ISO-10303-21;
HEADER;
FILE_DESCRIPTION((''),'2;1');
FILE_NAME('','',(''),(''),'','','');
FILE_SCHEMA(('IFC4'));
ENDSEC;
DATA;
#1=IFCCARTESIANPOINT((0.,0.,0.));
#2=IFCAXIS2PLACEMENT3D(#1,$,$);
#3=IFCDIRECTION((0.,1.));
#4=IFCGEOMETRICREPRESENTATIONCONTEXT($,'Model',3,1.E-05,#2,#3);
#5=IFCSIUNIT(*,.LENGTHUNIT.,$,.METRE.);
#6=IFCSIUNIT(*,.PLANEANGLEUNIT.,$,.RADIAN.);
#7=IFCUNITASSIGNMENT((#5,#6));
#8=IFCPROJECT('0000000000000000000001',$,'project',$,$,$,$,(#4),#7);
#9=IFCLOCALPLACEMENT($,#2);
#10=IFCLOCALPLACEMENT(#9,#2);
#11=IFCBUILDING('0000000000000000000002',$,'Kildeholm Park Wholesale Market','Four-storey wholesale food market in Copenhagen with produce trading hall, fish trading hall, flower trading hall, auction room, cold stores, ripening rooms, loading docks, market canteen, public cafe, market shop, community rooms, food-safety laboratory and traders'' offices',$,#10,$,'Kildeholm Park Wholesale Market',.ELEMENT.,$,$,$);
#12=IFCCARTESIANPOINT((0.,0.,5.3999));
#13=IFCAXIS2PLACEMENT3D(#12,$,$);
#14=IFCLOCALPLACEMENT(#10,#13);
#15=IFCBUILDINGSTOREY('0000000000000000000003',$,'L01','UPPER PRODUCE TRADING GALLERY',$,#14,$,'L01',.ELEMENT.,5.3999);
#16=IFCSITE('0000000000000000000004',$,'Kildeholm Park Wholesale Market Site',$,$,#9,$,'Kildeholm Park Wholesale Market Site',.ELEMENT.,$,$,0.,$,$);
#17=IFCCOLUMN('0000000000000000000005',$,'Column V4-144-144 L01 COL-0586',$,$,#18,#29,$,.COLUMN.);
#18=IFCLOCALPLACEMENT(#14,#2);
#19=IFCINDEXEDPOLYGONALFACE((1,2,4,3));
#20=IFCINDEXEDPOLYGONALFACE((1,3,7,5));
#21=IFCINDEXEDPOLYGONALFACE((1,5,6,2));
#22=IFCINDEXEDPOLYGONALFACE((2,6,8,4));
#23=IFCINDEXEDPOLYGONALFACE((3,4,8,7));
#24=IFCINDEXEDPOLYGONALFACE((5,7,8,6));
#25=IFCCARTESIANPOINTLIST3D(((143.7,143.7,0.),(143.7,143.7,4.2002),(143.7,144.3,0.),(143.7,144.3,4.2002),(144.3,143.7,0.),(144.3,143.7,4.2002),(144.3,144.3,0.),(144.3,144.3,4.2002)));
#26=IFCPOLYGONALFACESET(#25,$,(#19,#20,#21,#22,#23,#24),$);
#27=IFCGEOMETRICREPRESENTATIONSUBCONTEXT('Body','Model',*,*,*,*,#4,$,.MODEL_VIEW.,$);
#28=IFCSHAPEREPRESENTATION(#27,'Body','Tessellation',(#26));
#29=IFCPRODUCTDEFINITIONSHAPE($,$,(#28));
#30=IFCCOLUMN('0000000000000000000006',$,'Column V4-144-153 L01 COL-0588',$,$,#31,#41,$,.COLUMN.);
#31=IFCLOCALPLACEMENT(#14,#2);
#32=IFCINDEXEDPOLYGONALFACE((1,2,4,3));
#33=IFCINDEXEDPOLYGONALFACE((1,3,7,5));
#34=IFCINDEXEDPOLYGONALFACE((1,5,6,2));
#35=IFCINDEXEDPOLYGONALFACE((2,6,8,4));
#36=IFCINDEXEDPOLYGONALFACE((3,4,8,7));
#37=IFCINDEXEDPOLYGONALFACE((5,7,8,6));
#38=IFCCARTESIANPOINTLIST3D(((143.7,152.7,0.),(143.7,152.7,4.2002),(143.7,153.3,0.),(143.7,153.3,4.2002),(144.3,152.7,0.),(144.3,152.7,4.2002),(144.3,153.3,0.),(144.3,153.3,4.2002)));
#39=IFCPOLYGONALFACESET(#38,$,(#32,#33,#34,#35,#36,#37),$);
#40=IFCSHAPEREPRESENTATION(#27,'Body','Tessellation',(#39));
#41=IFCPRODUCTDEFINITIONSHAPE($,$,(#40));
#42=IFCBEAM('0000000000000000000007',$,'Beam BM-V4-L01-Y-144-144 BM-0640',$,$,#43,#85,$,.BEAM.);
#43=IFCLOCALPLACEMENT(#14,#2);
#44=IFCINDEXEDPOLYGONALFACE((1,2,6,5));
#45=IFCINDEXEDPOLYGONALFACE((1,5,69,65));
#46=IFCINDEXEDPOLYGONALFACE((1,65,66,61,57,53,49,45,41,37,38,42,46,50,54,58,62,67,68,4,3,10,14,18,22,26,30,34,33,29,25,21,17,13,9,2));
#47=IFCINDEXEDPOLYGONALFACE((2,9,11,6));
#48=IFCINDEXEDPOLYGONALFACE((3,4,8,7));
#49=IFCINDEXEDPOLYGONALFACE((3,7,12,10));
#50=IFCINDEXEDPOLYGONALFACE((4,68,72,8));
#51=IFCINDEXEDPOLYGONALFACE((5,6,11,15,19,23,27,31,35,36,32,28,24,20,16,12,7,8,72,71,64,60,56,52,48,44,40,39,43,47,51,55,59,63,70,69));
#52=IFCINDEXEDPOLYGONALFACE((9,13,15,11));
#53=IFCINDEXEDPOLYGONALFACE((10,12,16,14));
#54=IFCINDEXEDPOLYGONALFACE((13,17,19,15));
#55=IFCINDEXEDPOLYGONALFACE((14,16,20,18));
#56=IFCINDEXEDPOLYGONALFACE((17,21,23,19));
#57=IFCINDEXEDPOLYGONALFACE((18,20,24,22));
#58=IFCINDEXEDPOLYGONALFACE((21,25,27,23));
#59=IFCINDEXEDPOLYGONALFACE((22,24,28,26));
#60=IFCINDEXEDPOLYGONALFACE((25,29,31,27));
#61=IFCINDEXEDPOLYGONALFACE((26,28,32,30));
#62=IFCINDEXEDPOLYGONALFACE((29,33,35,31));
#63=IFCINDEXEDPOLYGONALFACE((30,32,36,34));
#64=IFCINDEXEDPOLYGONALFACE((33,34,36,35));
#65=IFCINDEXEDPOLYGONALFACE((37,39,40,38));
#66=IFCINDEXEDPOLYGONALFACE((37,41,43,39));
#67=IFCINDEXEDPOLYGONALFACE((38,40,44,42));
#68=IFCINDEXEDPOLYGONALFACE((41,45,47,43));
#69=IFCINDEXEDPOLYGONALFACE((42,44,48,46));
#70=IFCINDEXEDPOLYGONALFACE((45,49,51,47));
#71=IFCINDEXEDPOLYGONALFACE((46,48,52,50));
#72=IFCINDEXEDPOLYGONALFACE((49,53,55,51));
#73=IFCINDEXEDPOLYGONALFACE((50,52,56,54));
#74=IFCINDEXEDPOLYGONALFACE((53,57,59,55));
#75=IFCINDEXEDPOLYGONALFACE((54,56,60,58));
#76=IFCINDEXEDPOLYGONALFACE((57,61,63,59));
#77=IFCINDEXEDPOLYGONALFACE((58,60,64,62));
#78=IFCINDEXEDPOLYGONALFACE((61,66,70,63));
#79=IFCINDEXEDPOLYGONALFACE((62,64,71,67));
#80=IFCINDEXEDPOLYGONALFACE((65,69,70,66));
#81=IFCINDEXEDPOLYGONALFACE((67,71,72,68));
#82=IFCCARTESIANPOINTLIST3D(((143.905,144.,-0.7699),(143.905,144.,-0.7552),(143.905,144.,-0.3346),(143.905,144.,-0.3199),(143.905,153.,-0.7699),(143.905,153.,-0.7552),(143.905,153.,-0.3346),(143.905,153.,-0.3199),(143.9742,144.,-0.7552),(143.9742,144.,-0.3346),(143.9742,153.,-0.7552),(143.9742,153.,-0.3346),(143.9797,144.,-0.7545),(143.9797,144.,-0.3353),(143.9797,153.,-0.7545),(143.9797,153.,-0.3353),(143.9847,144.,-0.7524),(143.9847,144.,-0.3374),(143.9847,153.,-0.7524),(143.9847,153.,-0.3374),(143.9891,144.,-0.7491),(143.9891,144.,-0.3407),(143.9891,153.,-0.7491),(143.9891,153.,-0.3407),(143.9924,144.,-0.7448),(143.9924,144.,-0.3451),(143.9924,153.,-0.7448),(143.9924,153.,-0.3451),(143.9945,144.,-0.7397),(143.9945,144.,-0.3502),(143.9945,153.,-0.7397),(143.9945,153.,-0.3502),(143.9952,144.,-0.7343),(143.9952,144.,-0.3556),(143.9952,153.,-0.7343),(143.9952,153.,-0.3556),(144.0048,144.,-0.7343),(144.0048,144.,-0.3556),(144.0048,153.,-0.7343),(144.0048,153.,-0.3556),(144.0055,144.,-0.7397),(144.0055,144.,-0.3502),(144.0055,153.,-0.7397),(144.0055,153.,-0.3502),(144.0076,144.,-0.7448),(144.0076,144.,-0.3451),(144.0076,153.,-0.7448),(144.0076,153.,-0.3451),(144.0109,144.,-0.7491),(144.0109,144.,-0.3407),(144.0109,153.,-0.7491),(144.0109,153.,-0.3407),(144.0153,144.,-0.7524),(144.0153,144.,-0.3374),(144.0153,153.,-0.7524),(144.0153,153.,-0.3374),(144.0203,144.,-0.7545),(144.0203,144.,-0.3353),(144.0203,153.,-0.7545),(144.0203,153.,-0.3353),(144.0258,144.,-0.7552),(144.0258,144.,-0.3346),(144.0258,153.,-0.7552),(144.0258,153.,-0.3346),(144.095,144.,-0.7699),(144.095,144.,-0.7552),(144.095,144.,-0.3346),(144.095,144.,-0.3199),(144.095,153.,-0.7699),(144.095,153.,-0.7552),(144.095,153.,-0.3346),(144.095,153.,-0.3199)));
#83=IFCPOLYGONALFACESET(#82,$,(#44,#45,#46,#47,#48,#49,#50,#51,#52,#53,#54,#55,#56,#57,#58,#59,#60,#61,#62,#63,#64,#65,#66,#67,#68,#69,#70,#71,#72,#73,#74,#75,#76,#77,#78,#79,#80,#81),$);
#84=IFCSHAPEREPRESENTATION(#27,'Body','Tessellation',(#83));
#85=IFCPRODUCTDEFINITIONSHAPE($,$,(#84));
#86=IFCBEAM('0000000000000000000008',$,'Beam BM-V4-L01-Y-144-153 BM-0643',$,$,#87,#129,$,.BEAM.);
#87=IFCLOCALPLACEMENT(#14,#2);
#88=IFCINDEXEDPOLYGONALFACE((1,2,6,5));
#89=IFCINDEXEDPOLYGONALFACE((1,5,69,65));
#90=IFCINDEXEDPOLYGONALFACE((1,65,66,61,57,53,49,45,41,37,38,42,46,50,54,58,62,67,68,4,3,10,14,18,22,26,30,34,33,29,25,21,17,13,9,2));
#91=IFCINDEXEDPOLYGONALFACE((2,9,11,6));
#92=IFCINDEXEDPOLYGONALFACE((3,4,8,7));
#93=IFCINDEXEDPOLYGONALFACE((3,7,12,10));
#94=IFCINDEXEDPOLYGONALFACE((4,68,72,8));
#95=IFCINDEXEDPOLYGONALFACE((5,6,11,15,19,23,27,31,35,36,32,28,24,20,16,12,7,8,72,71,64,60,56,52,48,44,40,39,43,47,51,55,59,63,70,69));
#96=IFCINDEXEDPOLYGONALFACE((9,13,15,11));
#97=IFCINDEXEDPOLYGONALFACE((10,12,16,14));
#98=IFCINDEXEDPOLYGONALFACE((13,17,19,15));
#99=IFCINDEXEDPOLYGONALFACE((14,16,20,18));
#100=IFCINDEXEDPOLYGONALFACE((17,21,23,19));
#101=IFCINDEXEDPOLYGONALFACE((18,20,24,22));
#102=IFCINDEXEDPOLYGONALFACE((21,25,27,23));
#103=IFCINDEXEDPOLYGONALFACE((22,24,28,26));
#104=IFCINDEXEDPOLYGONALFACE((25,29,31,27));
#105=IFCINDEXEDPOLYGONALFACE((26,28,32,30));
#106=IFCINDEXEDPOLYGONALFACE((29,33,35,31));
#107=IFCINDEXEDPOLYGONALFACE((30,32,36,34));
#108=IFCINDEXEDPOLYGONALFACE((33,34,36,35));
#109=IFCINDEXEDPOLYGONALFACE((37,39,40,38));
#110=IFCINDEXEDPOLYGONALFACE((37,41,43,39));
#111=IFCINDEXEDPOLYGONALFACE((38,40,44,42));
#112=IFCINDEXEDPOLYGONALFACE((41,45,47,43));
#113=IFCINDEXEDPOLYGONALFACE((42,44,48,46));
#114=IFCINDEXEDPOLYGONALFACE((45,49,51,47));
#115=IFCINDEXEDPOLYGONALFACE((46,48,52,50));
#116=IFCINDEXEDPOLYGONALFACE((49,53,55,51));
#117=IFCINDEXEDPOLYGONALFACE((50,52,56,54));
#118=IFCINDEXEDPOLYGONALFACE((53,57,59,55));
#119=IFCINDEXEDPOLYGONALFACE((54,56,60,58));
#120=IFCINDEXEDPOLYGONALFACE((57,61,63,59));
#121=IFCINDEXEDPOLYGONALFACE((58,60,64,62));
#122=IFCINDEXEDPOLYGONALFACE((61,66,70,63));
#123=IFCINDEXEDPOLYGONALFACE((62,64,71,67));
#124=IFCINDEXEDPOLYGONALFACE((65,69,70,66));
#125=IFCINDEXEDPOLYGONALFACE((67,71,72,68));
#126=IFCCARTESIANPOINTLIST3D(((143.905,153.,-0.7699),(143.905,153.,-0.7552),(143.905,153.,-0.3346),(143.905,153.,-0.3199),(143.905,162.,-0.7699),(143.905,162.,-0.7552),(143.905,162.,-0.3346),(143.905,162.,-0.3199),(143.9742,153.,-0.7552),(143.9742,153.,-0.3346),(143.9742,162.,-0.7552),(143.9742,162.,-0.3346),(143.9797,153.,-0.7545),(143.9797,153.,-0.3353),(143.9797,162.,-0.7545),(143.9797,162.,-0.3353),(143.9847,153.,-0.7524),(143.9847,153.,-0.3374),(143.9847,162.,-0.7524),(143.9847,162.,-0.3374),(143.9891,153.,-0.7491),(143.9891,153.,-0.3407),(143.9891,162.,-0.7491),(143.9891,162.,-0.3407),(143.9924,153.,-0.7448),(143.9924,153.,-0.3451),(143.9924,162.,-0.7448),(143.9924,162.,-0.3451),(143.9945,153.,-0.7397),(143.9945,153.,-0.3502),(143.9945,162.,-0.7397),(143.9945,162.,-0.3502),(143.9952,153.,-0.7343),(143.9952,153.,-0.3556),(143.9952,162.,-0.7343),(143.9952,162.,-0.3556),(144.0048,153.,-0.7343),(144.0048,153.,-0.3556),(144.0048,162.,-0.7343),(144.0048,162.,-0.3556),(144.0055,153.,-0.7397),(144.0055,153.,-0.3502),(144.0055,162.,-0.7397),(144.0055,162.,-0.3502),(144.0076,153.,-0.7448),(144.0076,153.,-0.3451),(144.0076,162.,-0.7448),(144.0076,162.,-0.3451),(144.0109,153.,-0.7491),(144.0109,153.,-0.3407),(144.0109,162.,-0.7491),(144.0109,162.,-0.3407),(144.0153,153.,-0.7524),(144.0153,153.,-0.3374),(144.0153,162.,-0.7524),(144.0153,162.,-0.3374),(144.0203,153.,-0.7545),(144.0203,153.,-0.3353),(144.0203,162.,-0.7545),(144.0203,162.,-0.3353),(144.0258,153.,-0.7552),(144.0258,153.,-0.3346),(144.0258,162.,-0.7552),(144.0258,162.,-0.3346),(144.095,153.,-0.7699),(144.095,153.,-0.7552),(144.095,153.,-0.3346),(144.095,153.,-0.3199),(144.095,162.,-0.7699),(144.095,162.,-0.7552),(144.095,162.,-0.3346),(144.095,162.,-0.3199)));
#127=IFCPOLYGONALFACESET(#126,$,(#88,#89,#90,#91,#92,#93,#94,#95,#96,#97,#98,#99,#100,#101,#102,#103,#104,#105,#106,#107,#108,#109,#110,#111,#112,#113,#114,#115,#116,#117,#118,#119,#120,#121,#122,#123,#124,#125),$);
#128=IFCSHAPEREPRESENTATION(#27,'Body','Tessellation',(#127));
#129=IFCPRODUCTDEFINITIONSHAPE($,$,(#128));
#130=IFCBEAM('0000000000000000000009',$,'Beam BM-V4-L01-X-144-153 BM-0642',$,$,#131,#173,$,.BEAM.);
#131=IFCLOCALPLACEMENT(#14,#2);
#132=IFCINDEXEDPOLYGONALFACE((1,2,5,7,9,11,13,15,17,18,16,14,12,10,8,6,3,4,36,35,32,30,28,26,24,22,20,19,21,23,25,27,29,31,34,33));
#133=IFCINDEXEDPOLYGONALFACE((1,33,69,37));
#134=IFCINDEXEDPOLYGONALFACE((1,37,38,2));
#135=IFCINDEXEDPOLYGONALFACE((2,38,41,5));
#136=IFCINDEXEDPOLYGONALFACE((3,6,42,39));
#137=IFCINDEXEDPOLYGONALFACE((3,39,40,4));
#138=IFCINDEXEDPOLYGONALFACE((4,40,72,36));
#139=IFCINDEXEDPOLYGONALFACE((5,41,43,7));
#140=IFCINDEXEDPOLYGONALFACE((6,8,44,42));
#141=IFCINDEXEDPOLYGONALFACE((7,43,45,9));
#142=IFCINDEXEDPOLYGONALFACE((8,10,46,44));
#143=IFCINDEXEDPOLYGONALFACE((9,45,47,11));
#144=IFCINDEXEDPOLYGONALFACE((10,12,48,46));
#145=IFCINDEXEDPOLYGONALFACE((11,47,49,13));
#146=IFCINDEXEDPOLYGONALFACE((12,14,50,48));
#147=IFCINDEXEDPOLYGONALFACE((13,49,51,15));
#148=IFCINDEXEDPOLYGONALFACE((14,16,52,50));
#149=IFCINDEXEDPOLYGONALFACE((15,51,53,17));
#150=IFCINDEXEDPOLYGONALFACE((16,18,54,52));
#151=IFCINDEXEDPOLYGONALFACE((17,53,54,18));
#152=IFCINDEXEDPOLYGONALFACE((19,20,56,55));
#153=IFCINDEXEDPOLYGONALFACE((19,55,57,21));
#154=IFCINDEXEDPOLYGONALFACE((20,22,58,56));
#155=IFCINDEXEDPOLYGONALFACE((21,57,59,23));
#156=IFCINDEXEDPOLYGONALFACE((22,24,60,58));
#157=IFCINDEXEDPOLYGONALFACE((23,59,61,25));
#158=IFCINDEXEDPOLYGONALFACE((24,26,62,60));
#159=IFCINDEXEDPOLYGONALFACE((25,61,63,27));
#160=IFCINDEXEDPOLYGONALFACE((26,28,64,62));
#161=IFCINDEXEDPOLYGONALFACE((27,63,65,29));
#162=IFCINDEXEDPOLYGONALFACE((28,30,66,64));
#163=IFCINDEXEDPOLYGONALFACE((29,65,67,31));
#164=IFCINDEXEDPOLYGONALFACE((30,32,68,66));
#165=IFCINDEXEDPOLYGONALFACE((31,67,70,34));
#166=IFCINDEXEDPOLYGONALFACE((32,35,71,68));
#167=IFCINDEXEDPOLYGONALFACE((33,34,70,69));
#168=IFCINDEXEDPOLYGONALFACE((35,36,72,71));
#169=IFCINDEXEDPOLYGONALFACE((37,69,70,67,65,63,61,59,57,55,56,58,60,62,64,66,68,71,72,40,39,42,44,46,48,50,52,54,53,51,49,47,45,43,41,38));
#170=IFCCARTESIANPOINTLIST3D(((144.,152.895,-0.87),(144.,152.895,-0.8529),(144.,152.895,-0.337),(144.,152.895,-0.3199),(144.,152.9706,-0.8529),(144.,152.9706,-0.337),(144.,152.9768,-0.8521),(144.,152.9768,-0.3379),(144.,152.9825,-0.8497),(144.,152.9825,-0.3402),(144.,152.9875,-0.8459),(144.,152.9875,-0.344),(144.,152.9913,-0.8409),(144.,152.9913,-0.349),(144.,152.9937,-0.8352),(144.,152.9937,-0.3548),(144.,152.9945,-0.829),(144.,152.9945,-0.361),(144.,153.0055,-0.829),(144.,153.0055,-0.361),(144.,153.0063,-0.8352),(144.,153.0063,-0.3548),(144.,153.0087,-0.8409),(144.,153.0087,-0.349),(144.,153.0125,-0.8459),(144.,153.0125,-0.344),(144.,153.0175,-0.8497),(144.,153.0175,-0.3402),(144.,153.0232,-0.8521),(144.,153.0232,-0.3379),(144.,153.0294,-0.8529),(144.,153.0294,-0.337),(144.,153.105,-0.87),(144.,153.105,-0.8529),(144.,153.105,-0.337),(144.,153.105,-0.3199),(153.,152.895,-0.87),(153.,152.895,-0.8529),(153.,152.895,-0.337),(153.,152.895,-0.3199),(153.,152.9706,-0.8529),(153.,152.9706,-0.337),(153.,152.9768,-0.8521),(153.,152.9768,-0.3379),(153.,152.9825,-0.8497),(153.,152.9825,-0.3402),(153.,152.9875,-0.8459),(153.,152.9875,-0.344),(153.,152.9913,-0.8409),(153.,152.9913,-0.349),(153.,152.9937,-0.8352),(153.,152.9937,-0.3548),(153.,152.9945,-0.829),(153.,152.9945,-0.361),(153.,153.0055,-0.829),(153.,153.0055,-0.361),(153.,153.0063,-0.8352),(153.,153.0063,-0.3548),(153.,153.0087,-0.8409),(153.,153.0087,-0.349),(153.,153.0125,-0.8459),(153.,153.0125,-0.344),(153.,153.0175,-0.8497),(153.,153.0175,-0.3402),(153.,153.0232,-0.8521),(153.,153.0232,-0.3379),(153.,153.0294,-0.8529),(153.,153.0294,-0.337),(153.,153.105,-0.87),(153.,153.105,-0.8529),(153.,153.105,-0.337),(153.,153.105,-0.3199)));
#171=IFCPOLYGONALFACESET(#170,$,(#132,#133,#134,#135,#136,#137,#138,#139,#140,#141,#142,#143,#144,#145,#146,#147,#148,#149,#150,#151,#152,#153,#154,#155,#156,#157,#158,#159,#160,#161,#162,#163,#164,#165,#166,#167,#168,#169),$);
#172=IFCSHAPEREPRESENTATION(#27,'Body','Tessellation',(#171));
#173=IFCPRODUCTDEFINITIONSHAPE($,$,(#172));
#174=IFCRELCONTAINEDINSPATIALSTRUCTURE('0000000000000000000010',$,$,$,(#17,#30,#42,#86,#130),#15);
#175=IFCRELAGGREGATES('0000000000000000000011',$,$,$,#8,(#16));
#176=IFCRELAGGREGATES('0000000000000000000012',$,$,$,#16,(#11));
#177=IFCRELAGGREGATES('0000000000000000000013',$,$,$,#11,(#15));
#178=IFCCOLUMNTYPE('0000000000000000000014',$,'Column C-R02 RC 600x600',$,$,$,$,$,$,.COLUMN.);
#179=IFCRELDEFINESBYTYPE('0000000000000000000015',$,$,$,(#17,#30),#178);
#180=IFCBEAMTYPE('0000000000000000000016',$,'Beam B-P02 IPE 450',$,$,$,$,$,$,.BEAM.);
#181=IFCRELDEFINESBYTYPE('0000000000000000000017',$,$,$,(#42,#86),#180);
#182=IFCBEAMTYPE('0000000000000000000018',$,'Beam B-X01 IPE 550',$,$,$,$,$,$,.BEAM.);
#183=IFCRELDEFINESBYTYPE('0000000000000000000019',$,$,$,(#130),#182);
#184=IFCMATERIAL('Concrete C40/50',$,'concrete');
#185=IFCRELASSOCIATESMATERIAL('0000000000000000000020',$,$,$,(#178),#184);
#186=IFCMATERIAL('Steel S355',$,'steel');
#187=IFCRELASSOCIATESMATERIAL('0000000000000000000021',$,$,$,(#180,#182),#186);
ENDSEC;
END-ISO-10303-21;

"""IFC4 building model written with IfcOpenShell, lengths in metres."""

from ifc_helpers import new_model, si_unit, direction, frame, origin, origin_2d, place, context, subcontext, project, spatial, rectangle, i_section, extrude, material, material_profile, profile_set, type_object, element, save


model = new_model("IFC4")

# Units and contexts
model_context = context("Model", 3, precision=1e-05, world=origin(), true_north=direction((0.0, 1.0)))
body_context = subcontext(model_context, "Body", "Model", "MODEL_VIEW")
ifc_project = project(units=[si_unit("LENGTHUNIT", "METRE"), si_unit("PLANEANGLEUNIT", "RADIAN")], contexts=[model_context])

# Site, building, storey
site_placement = place(None, origin())
site = spatial("IfcSite", under=ifc_project, at=site_placement, Name="Kildeholm Park Wholesale Market Site", LongName="Kildeholm Park Wholesale Market Site", CompositionType="ELEMENT", RefElevation=0.0)
building_placement = place(site_placement, origin())
building = spatial("IfcBuilding", under=site, at=building_placement, Name="Kildeholm Park Wholesale Market", Description="Four-storey wholesale food market in Copenhagen with produce trading hall, fish trading hall, flower trading hall, auction room, cold stores, ripening rooms, loading docks, market canteen, public cafe, market shop, community rooms, food-safety laboratory and traders' offices", LongName="Kildeholm Park Wholesale Market", CompositionType="ELEMENT")
storey_placement = place(building_placement, frame((0.0, 0.0, 5.3999)))
storey = spatial("IfcBuildingStorey", under=building, at=storey_placement, Name="L01", Description="UPPER PRODUCE TRADING GALLERY", LongName="L01", CompositionType="ELEMENT", Elevation=5.3999)

# Columns
ifc_material_1 = material(Name="Concrete C40/50", Category="concrete")
ifc_material_profile_1 = material_profile(ifc_material_1, rectangle(XDim=0.6001, YDim=0.6001, at=origin_2d()), Name="RC 600x600")
ifc_profile_set_1 = profile_set([ifc_material_profile_1], Name="Concrete C40/50")
column_type = type_object("IfcColumnType", Name="Column C-R02 RC 600x600", PredefinedType="COLUMN", material=ifc_profile_set_1)
for number, where, z_axis, x_axis, name in (
    (1, (144.0, 144.0, 0.0), (0.0, 0.0, 1.0), (1.0, 0.0, 0.0), "Column V4-144-144 L01 COL-0586"),
    (2, (144.0, 153.0, 0.0), (0.0, 0.0, 1.0), (1.0, 0.0, 0.0), "Column V4-144-153 L01 COL-0588"),
):
    element("IfcColumn", number, at=place(storey_placement, frame(where, z_axis=z_axis, x_axis=x_axis)), inside=storey, type_object=column_type, Name=name, PredefinedType="COLUMN", context=body_context, shape_type="SweptSolid", body=[
        extrude(rectangle(XDim=0.6001, YDim=0.6001, at=origin_2d()), origin(), (0.0, 0.0, 1.0), 4.2002),
    ])

# Beams
ifc_material_2 = material(Name="Steel S355", Category="steel")
ifc_material_profile_2 = material_profile(ifc_material_2, i_section(OverallWidth=0.1899, OverallDepth=0.45, WebThickness=0.0095, FlangeThickness=0.0146, FilletRadius=0.021, at=origin_2d()), Name="IPE 450")
ifc_profile_set_2 = profile_set([ifc_material_profile_2], Name="Steel S355")
beam_type_1 = type_object("IfcBeamType", Name="Beam B-P02 IPE 450", PredefinedType="BEAM", material=ifc_profile_set_2)
for number, where, z_axis, x_axis, name in (
    (3, (144.0, 144.0, -0.5449), (0.0, 1.0, 0.0), (-1.0, 0.0, 0.0), "Beam BM-V4-L01-Y-144-144 BM-0640"),
    (4, (144.0, 153.0, -0.5449), (0.0, 1.0, 0.0), (-1.0, 0.0, 0.0), "Beam BM-V4-L01-Y-144-153 BM-0643"),
):
    element("IfcBeam", number, at=place(storey_placement, frame(where, z_axis=z_axis, x_axis=x_axis)), inside=storey, type_object=beam_type_1, Name=name, PredefinedType="BEAM", context=body_context, shape_type="SweptSolid", body=[
        extrude(i_section(OverallWidth=0.1899, OverallDepth=0.45, WebThickness=0.0095, FlangeThickness=0.0146, FilletRadius=0.021, at=origin_2d()), origin(), (0.0, 0.0, 1.0), 9.0),
    ])
ifc_material_profile_3 = material_profile(ifc_material_2, i_section(OverallWidth=0.21, OverallDepth=0.55, WebThickness=0.011, FlangeThickness=0.0171, FilletRadius=0.0239, at=origin_2d()), Name="IPE 550")
ifc_profile_set_3 = profile_set([ifc_material_profile_3], Name="Steel S355")
beam_type_2 = type_object("IfcBeamType", Name="Beam B-X01 IPE 550", PredefinedType="BEAM", material=ifc_profile_set_3)
beam_1_placement = place(storey_placement, frame((144.0, 153.0, -0.595), z_axis=(1.0, 0.0, 0.0), x_axis=(0.0, 1.0, 0.0)))
element("IfcBeam", 5, at=beam_1_placement, inside=storey, type_object=beam_type_2, Name="Beam BM-V4-L01-X-144-153 BM-0642", PredefinedType="BEAM", context=body_context, shape_type="SweptSolid", body=[
    extrude(i_section(OverallWidth=0.21, OverallDepth=0.55, WebThickness=0.011, FlangeThickness=0.0171, FilletRadius=0.0239, at=origin_2d()), origin(), (0.0, 0.0, 1.0), 9.0),
])

save(model, "model.ifc")
